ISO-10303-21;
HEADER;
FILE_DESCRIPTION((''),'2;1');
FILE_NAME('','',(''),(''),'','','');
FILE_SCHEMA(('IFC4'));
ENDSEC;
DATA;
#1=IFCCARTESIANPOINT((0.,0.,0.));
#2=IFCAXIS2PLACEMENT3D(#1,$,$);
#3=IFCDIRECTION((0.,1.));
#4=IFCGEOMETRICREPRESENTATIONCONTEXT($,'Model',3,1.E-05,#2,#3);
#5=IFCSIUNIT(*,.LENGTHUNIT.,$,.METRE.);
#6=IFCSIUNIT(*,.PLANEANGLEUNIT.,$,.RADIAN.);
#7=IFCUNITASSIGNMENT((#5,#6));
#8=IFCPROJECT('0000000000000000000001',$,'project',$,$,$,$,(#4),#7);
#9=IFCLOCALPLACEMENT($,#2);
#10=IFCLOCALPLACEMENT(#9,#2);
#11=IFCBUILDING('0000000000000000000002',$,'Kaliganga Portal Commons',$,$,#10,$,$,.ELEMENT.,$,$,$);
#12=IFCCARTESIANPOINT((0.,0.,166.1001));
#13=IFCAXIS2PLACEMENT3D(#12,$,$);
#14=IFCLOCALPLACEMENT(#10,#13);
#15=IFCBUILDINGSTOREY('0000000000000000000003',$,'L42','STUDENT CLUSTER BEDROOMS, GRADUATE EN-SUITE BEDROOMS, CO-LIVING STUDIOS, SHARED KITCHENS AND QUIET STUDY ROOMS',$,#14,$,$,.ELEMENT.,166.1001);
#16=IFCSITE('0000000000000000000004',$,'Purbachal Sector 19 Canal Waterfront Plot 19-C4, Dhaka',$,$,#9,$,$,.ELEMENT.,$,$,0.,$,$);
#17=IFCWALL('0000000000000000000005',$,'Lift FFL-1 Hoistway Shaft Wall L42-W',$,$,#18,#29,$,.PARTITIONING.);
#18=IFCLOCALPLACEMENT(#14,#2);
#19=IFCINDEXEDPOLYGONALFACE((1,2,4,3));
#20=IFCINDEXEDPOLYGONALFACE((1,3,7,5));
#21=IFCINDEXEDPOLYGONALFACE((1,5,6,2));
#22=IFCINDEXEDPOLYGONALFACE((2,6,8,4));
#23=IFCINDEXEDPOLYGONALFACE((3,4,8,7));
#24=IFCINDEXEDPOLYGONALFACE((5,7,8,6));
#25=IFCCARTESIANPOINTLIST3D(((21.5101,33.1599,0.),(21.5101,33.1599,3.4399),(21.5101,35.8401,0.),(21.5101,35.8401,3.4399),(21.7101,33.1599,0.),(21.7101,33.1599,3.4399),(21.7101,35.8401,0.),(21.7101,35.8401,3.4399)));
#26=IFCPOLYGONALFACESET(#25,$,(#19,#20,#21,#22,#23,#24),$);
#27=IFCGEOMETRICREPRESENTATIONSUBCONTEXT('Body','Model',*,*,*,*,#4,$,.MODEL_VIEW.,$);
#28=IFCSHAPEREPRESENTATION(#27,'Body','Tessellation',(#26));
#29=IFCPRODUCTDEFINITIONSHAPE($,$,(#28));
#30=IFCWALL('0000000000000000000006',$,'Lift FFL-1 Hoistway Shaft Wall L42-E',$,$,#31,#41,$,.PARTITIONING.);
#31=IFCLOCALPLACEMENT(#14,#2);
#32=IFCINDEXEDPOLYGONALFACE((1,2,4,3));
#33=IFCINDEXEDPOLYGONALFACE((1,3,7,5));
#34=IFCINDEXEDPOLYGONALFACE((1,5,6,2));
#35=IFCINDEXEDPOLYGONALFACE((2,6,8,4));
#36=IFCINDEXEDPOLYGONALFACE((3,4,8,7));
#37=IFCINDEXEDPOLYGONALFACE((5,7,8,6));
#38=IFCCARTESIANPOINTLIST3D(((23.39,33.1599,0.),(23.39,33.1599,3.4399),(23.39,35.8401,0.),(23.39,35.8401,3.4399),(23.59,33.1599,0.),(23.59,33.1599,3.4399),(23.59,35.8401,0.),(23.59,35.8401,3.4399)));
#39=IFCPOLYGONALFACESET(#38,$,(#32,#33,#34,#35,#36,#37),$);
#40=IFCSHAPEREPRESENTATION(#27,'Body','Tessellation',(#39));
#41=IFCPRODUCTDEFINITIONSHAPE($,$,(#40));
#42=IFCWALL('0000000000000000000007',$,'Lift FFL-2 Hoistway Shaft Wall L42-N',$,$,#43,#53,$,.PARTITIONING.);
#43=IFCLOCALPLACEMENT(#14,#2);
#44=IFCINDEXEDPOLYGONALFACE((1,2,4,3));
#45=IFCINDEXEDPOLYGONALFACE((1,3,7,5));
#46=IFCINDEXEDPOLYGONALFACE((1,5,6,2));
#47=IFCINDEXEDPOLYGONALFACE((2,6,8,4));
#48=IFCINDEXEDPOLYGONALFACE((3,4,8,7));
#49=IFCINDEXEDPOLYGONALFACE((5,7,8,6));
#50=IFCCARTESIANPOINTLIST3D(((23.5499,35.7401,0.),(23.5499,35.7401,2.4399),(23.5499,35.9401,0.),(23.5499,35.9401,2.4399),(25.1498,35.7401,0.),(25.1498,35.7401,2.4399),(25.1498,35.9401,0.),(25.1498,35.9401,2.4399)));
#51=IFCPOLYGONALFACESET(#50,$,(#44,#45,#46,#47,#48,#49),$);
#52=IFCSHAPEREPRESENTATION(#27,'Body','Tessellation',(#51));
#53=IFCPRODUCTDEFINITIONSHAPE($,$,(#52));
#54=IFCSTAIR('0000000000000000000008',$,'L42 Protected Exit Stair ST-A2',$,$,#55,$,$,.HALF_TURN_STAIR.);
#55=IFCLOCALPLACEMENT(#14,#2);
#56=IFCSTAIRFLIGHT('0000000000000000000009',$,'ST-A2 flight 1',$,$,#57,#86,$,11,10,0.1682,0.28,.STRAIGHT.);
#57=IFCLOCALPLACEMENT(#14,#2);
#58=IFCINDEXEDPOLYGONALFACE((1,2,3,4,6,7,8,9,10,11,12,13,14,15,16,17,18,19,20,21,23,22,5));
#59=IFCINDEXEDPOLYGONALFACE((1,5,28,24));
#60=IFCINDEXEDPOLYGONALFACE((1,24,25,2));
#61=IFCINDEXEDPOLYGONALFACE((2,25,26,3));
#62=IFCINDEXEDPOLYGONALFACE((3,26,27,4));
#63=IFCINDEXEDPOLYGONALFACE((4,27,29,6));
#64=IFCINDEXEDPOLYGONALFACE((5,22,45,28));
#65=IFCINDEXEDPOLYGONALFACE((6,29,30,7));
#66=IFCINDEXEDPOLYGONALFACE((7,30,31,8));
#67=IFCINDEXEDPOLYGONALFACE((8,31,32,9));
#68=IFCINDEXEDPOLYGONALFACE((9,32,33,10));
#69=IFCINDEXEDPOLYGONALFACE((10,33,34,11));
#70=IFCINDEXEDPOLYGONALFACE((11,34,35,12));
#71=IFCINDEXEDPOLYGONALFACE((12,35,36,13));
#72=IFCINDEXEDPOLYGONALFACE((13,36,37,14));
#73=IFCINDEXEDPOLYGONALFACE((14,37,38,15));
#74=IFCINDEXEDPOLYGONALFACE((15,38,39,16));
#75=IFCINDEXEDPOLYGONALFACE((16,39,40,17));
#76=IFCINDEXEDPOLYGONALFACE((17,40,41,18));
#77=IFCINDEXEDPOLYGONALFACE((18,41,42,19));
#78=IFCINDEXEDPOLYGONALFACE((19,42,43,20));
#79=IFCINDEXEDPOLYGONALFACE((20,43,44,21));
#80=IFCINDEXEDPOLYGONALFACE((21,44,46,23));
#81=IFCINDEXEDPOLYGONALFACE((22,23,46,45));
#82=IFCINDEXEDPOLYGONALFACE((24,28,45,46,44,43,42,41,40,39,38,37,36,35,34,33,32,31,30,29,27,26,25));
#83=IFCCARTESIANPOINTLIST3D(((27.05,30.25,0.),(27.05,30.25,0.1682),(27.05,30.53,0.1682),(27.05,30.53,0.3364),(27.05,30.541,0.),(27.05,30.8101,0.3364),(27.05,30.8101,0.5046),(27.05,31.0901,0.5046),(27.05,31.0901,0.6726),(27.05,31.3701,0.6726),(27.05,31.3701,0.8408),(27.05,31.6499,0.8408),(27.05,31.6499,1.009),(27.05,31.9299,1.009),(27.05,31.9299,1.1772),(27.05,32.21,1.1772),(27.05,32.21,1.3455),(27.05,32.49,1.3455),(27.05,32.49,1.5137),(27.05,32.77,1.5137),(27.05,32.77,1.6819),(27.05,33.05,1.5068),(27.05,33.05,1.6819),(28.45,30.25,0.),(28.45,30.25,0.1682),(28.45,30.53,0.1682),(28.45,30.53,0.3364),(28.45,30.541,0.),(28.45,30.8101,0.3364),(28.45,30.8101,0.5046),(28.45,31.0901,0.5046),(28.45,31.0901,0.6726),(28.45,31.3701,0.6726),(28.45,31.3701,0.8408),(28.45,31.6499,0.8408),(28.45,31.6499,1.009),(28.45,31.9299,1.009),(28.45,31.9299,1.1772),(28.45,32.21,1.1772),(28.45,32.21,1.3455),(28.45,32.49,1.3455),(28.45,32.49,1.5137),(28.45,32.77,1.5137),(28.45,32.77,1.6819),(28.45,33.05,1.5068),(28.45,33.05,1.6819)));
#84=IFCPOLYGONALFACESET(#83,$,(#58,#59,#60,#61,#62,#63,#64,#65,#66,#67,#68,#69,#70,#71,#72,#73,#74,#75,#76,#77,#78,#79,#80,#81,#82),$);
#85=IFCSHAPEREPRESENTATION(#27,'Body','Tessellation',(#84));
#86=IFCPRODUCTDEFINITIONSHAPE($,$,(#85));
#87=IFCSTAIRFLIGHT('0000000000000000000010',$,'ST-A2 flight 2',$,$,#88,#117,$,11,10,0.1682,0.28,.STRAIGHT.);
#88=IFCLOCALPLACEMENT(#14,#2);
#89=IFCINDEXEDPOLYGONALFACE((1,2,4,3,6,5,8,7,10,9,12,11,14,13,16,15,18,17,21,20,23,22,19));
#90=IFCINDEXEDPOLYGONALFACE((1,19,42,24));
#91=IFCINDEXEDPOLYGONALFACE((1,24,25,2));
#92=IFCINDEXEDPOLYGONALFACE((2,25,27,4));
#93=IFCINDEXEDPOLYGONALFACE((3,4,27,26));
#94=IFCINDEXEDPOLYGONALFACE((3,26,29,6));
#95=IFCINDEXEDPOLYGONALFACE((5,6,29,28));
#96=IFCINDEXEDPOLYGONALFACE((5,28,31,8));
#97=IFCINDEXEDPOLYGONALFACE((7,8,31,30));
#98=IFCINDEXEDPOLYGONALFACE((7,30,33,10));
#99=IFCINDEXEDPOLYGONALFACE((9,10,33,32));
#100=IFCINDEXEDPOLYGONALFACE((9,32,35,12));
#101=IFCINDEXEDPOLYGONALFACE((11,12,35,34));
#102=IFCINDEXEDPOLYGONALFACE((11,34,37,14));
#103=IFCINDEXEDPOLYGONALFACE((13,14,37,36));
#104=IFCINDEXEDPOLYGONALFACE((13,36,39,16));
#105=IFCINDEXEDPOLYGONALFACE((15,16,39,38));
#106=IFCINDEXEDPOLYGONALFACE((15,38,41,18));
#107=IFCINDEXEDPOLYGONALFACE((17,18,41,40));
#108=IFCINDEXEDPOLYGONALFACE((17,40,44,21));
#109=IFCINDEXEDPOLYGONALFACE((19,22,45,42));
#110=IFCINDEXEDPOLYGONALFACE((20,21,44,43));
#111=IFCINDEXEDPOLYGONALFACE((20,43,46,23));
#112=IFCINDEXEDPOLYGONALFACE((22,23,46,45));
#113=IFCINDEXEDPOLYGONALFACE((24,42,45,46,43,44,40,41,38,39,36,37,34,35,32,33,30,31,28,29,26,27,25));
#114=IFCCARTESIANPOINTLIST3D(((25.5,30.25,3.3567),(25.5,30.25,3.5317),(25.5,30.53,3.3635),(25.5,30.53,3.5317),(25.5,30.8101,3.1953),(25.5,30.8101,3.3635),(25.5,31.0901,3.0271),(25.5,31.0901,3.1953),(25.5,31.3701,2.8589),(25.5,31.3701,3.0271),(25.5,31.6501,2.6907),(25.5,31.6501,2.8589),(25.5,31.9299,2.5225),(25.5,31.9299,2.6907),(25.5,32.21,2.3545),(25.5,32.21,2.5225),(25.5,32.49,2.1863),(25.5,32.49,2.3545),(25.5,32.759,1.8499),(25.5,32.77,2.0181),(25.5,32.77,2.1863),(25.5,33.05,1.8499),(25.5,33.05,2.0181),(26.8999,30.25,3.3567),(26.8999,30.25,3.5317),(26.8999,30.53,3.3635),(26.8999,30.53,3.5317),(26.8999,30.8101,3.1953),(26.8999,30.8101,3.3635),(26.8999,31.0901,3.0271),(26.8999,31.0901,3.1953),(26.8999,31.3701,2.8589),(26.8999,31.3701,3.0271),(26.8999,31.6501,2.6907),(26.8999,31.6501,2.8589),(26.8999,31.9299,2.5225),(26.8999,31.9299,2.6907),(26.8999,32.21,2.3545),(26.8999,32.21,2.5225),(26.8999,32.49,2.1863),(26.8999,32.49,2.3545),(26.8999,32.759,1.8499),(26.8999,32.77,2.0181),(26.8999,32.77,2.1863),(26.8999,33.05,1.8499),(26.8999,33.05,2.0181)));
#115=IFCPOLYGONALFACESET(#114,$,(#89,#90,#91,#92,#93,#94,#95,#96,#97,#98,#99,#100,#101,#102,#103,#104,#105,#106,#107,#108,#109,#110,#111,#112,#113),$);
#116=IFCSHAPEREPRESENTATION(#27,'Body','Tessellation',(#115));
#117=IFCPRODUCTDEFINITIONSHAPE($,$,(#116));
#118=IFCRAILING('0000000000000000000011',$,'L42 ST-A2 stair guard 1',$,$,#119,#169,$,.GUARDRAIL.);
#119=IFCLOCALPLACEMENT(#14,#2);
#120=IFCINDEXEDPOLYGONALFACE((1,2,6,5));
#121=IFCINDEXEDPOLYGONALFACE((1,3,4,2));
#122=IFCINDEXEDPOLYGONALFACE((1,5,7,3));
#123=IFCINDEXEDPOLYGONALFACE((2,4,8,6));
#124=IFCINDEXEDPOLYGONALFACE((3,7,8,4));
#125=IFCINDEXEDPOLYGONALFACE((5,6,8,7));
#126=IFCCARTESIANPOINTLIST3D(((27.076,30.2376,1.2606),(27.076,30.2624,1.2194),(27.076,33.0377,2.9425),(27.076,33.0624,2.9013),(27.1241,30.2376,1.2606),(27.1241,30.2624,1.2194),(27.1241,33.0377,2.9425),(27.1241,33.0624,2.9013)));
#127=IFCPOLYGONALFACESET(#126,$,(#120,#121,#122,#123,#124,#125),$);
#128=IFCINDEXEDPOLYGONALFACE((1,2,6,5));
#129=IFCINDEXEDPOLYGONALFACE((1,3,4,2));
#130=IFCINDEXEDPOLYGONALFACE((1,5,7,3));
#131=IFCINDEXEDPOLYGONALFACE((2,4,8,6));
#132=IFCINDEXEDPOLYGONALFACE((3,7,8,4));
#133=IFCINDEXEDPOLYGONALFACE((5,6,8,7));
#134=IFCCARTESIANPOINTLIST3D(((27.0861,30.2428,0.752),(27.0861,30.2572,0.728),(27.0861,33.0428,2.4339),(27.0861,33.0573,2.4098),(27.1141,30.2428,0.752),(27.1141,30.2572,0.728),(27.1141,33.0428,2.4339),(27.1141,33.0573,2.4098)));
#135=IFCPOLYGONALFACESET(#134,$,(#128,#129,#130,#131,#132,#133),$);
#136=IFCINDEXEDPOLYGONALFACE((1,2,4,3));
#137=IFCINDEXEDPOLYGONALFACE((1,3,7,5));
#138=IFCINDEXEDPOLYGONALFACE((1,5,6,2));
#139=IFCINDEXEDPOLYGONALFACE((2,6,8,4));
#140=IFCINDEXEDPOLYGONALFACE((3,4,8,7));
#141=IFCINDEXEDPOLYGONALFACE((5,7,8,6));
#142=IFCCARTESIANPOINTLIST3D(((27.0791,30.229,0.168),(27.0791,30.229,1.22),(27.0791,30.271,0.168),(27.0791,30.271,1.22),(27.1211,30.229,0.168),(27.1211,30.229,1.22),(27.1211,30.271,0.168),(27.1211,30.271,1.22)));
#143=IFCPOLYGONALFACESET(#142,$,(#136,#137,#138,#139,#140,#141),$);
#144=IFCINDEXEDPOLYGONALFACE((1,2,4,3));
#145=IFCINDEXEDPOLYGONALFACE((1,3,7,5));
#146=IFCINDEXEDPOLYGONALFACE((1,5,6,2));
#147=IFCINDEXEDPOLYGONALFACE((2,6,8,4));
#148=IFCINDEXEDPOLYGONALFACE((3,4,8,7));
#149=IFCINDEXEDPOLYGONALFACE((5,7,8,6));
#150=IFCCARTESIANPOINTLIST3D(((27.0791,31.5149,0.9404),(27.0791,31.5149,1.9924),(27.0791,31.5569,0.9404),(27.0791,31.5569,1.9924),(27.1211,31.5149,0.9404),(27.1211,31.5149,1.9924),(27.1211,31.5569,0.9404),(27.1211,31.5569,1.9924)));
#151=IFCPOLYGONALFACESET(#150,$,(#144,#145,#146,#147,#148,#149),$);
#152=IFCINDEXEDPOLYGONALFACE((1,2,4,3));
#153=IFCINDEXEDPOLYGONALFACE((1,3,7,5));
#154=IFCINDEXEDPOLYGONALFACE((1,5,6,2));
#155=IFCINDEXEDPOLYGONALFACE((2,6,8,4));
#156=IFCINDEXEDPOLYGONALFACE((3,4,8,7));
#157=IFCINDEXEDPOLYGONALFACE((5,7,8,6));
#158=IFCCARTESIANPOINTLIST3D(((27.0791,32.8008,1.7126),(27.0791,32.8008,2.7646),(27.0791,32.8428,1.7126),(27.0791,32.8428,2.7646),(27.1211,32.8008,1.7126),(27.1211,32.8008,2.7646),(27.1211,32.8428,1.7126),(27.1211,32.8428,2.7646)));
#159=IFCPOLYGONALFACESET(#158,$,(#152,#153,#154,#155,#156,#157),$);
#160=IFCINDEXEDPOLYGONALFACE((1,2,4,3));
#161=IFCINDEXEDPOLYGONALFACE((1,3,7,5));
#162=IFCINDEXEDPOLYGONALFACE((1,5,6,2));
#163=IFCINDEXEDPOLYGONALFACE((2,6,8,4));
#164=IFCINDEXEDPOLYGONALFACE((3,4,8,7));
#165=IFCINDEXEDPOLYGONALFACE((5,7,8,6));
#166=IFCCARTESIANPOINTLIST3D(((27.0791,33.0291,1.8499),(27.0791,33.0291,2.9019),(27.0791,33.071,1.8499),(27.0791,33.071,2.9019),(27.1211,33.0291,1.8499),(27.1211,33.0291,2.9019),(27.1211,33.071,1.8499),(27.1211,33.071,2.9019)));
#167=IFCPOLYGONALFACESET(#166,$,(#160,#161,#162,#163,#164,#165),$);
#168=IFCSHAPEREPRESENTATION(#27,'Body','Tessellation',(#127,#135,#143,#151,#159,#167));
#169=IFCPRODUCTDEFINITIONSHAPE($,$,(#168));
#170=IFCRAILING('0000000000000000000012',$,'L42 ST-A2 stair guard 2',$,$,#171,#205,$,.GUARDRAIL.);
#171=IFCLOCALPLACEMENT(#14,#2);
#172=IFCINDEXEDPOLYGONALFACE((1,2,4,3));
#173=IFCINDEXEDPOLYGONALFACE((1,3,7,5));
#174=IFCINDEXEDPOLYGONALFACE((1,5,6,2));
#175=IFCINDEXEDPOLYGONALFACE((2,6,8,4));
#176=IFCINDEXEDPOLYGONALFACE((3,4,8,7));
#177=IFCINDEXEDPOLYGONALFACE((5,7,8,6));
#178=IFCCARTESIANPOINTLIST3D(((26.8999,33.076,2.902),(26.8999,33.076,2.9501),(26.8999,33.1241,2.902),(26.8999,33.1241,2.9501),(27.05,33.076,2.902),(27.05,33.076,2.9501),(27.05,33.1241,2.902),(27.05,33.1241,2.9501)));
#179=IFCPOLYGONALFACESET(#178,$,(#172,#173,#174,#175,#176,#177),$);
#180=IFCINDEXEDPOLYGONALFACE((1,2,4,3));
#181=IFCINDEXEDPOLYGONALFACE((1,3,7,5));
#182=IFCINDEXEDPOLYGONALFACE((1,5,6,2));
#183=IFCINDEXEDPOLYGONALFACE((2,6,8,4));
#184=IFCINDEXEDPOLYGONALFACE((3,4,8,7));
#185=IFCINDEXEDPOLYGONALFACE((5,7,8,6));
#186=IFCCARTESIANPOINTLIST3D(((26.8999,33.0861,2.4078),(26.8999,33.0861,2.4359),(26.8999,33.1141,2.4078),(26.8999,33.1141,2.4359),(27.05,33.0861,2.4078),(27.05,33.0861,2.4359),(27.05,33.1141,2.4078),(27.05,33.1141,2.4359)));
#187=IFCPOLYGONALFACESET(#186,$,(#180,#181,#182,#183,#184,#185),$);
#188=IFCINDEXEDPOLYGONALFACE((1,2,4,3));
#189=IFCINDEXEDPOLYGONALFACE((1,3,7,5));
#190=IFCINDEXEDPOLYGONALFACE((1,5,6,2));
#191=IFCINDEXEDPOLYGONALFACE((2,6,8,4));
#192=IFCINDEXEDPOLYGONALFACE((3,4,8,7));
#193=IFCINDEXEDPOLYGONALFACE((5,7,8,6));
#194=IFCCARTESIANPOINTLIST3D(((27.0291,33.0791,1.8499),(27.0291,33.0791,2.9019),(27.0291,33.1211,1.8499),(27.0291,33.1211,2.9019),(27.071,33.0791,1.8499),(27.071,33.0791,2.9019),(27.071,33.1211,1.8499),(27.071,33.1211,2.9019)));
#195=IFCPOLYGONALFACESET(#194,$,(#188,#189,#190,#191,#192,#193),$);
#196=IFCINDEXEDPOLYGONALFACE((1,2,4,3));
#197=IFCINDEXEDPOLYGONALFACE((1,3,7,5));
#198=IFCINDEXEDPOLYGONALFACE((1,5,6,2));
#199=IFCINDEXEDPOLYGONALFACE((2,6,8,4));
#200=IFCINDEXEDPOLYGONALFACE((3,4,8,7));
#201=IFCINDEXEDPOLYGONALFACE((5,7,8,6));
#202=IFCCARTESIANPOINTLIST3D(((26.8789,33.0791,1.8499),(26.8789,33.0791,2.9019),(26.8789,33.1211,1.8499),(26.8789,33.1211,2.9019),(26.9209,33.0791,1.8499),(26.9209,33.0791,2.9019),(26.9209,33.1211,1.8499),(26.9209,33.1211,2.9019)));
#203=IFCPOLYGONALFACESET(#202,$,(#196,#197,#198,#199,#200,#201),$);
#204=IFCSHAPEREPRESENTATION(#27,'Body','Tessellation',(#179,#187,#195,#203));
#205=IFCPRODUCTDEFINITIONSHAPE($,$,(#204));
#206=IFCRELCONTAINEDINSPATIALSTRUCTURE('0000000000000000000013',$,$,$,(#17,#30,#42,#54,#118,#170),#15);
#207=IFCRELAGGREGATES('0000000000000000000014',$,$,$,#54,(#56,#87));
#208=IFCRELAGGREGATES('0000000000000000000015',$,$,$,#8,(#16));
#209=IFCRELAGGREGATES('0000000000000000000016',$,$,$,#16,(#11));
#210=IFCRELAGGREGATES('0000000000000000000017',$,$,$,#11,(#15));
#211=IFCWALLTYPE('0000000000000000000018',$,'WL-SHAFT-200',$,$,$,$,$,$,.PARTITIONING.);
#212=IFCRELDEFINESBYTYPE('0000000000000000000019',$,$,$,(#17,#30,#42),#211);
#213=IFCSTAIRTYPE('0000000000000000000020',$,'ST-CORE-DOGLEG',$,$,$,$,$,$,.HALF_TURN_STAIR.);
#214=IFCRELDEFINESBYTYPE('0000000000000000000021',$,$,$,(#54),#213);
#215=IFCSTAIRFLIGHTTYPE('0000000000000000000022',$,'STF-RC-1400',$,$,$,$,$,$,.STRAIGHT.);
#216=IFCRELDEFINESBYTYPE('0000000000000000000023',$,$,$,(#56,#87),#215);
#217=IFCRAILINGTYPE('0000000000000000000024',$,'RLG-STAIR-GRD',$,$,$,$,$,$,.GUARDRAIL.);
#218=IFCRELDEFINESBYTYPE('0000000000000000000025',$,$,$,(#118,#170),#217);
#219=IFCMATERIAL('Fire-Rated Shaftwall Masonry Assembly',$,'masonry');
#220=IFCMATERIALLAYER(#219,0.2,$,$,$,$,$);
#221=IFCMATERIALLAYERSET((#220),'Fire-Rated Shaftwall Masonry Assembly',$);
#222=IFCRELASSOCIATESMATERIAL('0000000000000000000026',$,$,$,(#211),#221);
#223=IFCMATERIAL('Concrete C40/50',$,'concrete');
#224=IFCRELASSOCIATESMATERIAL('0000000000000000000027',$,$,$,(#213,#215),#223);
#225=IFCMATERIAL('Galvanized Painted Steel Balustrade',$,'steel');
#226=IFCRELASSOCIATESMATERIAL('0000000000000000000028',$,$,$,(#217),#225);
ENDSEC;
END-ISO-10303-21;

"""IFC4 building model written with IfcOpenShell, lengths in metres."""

from ifc_helpers import new_model, si_unit, direction, frame, frame_2d, origin, origin_2d, place, context, subcontext, project, spatial, polyline, rectangle, outline, extrude, material, layer, layer_set, type_object, element, aggregate, save


model = new_model("IFC4")

# Units and contexts
model_context = context("Model", 3, precision=1e-05, world=origin(), true_north=direction((0.0, 1.0)))
body_context = subcontext(model_context, "Body", "Model", "MODEL_VIEW")
ifc_project = project(units=[si_unit("LENGTHUNIT", "METRE"), si_unit("PLANEANGLEUNIT", "RADIAN")], contexts=[model_context])

# Site, building, storey
site_placement = place(None, origin())
site = spatial("IfcSite", under=ifc_project, at=site_placement, Name="Purbachal Sector 19 Canal Waterfront Plot 19-C4, Dhaka", CompositionType="ELEMENT", RefElevation=0.0)
building_placement = place(site_placement, origin())
building = spatial("IfcBuilding", under=site, at=building_placement, Name="Kaliganga Portal Commons", CompositionType="ELEMENT")
storey_placement = place(building_placement, frame((0.0, 0.0, 166.1001)))
storey = spatial("IfcBuildingStorey", under=building, at=storey_placement, Name="L42", Description="STUDENT CLUSTER BEDROOMS, GRADUATE EN-SUITE BEDROOMS, CO-LIVING STUDIOS, SHARED KITCHENS AND QUIET STUDY ROOMS", CompositionType="ELEMENT", Elevation=166.1001)

# Shared definitions
ifc_material_1 = material(Name="Fire-Rated Shaftwall Masonry Assembly", Category="masonry")
ifc_layer_1 = layer(ifc_material_1, 0.2)
ifc_layer_set_1 = layer_set([ifc_layer_1], Name="Fire-Rated Shaftwall Masonry Assembly")
wall_type_1 = type_object("IfcWallType", Name="WL-SHAFT-200", PredefinedType="PARTITIONING", material=ifc_layer_set_1)

# Walls
for number, where, z_axis, x_axis, name in (
    (1, (21.6101, 33.1599, 0.0), (0.0, 0.0, 1.0), (0.0, 1.0, 0.0), "Lift FFL-1 Hoistway Shaft Wall L42-W"),
    (2, (23.49, 33.1599, 0.0), (0.0, 0.0, 1.0), (0.0, 1.0, 0.0), "Lift FFL-1 Hoistway Shaft Wall L42-E"),
):
    element("IfcWall", number, at=place(storey_placement, frame(where, z_axis=z_axis, x_axis=x_axis)), inside=storey, type_object=wall_type_1, Name=name, PredefinedType="PARTITIONING", context=body_context, shape_type="SweptSolid", body=[
        extrude(rectangle(XDim=2.6802, YDim=0.2, at=frame_2d((1.3401, 0.0))), origin(), (0.0, 0.0, 1.0), 3.4399),
    ])

# Wall
wall_1_placement = place(storey_placement, frame((23.55, 35.8401, 0.0), z_axis=(0.0, 0.0, 1.0), x_axis=(1.0, 0.0, 0.0)))
element("IfcWall", 3, at=wall_1_placement, inside=storey, type_object=wall_type_1, Name="Lift FFL-2 Hoistway Shaft Wall L42-N", PredefinedType="PARTITIONING", context=body_context, shape_type="SweptSolid", body=[
    extrude(rectangle(XDim=1.5999, YDim=0.2, at=frame_2d((0.7998, 0.0))), origin(), (0.0, 0.0, 1.0), 2.4399),
])

# Stair, stair flights
ifc_material_2 = material(Name="Concrete C40/50", Category="concrete")
stair_type = type_object("IfcStairType", Name="ST-CORE-DOGLEG", PredefinedType="HALF_TURN_STAIR", material=ifc_material_2)
stair_placement = place(storey_placement, origin())
stair = element("IfcStair", 4, at=stair_placement, inside=storey, type_object=stair_type, Name="L42 Protected Exit Stair ST-A2", PredefinedType="HALF_TURN_STAIR")
stair_flight_type = type_object("IfcStairFlightType", Name="STF-RC-1400", PredefinedType="STRAIGHT", material=ifc_material_2)
stair_flight_1_placement = place(storey_placement, frame((27.75, 30.25, 0.0), z_axis=(0.0, 0.0, 1.0), x_axis=(0.0, 1.0, 0.0)))
stair_flight_1 = element("IfcStairFlight", 5, at=stair_flight_1_placement, type_object=stair_flight_type, Name="ST-A2 flight 1", NumberOfRisers=11, NumberOfTreads=10, PredefinedType="STRAIGHT", RiserHeight=0.1682, TreadLength=0.28, context=body_context, shape_type="SweptSolid", body=[
    extrude(outline(polyline([(0.0, 0.0), (0.0, 0.1682), (0.28, 0.1682), (0.28, 0.3364), (0.5601, 0.3364), (0.5601, 0.5046), (0.8401, 0.5046), (0.8401, 0.6726), (1.1201, 0.6726), (1.1201, 0.8408), (1.3999, 0.8408), (1.3999, 1.009), (1.6799, 1.009), (1.6799, 1.1772), (1.96, 1.1772), (1.96, 1.3455), (2.24, 1.3455), (2.24, 1.5137), (2.52, 1.5137), (2.52, 1.6819), (2.8, 1.6819), (2.8, 1.8501), (2.8, 1.5068), (0.291, 0.0), (0.0, 0.0)])), frame((0.0, 0.7, 0.0), z_axis=(0.0, -1.0, 0.0), x_axis=(1.0, 0.0, 0.0)), (0.0, 0.0, 1.0), 1.3999),
])
stair_flight_2_placement = place(storey_placement, frame((26.2, 33.05, 1.8499), z_axis=(0.0, 0.0, 1.0), x_axis=(0.0, -1.0, 0.0)))
stair_flight_2 = element("IfcStairFlight", 6, at=stair_flight_2_placement, type_object=stair_flight_type, Name="ST-A2 flight 2", NumberOfRisers=11, NumberOfTreads=10, PredefinedType="STRAIGHT", RiserHeight=0.1682, TreadLength=0.28, context=body_context, shape_type="SweptSolid", body=[
    extrude(outline(polyline([(0.0, 0.0), (0.0, 0.1682), (0.28, 0.1682), (0.28, 0.3364), (0.5601, 0.3364), (0.5601, 0.5046), (0.8401, 0.5046), (0.8401, 0.6726), (1.1201, 0.6726), (1.1201, 0.8408), (1.3999, 0.8408), (1.3999, 1.009), (1.6799, 1.009), (1.6799, 1.1772), (1.96, 1.1772), (1.96, 1.3455), (2.24, 1.3455), (2.24, 1.5137), (2.52, 1.5137), (2.52, 1.6819), (2.8, 1.6819), (2.8, 1.8501), (2.8, 1.5068), (0.291, 0.0), (0.0, 0.0)])), frame((0.0, 0.7, 0.0), z_axis=(0.0, -1.0, 0.0), x_axis=(1.0, 0.0, 0.0)), (0.0, 0.0, 1.0), 1.3999),
])
aggregate(stair, [stair_flight_1, stair_flight_2])

# Railings
ifc_material_3 = material(Name="Galvanized Painted Steel Balustrade", Category="steel")
railing_type_1 = type_object("IfcRailingType", Name="RLG-STAIR-GRD", PredefinedType="GUARDRAIL", material=ifc_material_3)
railing_1_placement = place(storey_placement, frame((27.1001, 30.25, 0.168)))
element("IfcRailing", 7, at=railing_1_placement, inside=storey, type_object=railing_type_1, Name="L42 ST-A2 stair guard 1", PredefinedType="GUARDRAIL", context=body_context, shape_type="SweptSolid", body=[
    extrude(rectangle(XDim=0.0481, YDim=0.0481, at=origin_2d()), frame((0.0, 0.0, 1.072), z_axis=(0.0, 0.857242, 0.514913), x_axis=(-1.0, 0.0, 0.0)), (0.0, 0.0, 1.0), 3.2664),
    extrude(rectangle(XDim=0.0281, YDim=0.0281, at=origin_2d()), frame((0.0, 0.0, 0.572), z_axis=(0.0, 0.857242, 0.514913), x_axis=(-1.0, 0.0, 0.0)), (0.0, 0.0, 1.0), 3.2664),
    extrude(rectangle(XDim=0.042, YDim=0.042, at=origin_2d()), origin(), (0.0, 0.0, 1.0), 1.052),
    extrude(rectangle(XDim=0.042, YDim=0.042, at=origin_2d()), frame((0.0, 1.2859, 0.7725)), (0.0, 0.0, 1.0), 1.052),
    extrude(rectangle(XDim=0.042, YDim=0.042, at=origin_2d()), frame((0.0, 2.5718, 1.5447)), (0.0, 0.0, 1.0), 1.052),
    extrude(rectangle(XDim=0.042, YDim=0.042, at=origin_2d()), frame((0.0, 2.8, 1.6819)), (0.0, 0.0, 1.0), 1.052),
])
railing_2_placement = place(storey_placement, frame((27.05, 33.1001, 1.8499)))
element("IfcRailing", 8, at=railing_2_placement, inside=storey, type_object=railing_type_1, Name="L42 ST-A2 stair guard 2", PredefinedType="GUARDRAIL", context=body_context, shape_type="SweptSolid", body=[
    extrude(rectangle(XDim=0.0481, YDim=0.0481, at=origin_2d()), frame((0.0, 0.0, 1.0762), z_axis=(-1.0, 0.0, 0.0), x_axis=(0.0, -1.0, 0.0)), (0.0, 0.0, 1.0), 0.1501),
    extrude(rectangle(XDim=0.0281, YDim=0.0281, at=origin_2d()), frame((0.0, 0.0, 0.572), z_axis=(-1.0, 0.0, 0.0), x_axis=(0.0, -1.0, 0.0)), (0.0, 0.0, 1.0), 0.1501),
    extrude(rectangle(XDim=0.042, YDim=0.042, at=origin_2d()), origin(), (0.0, 0.0, 1.0), 1.052),
    extrude(rectangle(XDim=0.042, YDim=0.042, at=origin_2d()), frame((-0.1501, 0.0, 0.0)), (0.0, 0.0, 1.0), 1.052),
])

save(model, "model.ifc")
